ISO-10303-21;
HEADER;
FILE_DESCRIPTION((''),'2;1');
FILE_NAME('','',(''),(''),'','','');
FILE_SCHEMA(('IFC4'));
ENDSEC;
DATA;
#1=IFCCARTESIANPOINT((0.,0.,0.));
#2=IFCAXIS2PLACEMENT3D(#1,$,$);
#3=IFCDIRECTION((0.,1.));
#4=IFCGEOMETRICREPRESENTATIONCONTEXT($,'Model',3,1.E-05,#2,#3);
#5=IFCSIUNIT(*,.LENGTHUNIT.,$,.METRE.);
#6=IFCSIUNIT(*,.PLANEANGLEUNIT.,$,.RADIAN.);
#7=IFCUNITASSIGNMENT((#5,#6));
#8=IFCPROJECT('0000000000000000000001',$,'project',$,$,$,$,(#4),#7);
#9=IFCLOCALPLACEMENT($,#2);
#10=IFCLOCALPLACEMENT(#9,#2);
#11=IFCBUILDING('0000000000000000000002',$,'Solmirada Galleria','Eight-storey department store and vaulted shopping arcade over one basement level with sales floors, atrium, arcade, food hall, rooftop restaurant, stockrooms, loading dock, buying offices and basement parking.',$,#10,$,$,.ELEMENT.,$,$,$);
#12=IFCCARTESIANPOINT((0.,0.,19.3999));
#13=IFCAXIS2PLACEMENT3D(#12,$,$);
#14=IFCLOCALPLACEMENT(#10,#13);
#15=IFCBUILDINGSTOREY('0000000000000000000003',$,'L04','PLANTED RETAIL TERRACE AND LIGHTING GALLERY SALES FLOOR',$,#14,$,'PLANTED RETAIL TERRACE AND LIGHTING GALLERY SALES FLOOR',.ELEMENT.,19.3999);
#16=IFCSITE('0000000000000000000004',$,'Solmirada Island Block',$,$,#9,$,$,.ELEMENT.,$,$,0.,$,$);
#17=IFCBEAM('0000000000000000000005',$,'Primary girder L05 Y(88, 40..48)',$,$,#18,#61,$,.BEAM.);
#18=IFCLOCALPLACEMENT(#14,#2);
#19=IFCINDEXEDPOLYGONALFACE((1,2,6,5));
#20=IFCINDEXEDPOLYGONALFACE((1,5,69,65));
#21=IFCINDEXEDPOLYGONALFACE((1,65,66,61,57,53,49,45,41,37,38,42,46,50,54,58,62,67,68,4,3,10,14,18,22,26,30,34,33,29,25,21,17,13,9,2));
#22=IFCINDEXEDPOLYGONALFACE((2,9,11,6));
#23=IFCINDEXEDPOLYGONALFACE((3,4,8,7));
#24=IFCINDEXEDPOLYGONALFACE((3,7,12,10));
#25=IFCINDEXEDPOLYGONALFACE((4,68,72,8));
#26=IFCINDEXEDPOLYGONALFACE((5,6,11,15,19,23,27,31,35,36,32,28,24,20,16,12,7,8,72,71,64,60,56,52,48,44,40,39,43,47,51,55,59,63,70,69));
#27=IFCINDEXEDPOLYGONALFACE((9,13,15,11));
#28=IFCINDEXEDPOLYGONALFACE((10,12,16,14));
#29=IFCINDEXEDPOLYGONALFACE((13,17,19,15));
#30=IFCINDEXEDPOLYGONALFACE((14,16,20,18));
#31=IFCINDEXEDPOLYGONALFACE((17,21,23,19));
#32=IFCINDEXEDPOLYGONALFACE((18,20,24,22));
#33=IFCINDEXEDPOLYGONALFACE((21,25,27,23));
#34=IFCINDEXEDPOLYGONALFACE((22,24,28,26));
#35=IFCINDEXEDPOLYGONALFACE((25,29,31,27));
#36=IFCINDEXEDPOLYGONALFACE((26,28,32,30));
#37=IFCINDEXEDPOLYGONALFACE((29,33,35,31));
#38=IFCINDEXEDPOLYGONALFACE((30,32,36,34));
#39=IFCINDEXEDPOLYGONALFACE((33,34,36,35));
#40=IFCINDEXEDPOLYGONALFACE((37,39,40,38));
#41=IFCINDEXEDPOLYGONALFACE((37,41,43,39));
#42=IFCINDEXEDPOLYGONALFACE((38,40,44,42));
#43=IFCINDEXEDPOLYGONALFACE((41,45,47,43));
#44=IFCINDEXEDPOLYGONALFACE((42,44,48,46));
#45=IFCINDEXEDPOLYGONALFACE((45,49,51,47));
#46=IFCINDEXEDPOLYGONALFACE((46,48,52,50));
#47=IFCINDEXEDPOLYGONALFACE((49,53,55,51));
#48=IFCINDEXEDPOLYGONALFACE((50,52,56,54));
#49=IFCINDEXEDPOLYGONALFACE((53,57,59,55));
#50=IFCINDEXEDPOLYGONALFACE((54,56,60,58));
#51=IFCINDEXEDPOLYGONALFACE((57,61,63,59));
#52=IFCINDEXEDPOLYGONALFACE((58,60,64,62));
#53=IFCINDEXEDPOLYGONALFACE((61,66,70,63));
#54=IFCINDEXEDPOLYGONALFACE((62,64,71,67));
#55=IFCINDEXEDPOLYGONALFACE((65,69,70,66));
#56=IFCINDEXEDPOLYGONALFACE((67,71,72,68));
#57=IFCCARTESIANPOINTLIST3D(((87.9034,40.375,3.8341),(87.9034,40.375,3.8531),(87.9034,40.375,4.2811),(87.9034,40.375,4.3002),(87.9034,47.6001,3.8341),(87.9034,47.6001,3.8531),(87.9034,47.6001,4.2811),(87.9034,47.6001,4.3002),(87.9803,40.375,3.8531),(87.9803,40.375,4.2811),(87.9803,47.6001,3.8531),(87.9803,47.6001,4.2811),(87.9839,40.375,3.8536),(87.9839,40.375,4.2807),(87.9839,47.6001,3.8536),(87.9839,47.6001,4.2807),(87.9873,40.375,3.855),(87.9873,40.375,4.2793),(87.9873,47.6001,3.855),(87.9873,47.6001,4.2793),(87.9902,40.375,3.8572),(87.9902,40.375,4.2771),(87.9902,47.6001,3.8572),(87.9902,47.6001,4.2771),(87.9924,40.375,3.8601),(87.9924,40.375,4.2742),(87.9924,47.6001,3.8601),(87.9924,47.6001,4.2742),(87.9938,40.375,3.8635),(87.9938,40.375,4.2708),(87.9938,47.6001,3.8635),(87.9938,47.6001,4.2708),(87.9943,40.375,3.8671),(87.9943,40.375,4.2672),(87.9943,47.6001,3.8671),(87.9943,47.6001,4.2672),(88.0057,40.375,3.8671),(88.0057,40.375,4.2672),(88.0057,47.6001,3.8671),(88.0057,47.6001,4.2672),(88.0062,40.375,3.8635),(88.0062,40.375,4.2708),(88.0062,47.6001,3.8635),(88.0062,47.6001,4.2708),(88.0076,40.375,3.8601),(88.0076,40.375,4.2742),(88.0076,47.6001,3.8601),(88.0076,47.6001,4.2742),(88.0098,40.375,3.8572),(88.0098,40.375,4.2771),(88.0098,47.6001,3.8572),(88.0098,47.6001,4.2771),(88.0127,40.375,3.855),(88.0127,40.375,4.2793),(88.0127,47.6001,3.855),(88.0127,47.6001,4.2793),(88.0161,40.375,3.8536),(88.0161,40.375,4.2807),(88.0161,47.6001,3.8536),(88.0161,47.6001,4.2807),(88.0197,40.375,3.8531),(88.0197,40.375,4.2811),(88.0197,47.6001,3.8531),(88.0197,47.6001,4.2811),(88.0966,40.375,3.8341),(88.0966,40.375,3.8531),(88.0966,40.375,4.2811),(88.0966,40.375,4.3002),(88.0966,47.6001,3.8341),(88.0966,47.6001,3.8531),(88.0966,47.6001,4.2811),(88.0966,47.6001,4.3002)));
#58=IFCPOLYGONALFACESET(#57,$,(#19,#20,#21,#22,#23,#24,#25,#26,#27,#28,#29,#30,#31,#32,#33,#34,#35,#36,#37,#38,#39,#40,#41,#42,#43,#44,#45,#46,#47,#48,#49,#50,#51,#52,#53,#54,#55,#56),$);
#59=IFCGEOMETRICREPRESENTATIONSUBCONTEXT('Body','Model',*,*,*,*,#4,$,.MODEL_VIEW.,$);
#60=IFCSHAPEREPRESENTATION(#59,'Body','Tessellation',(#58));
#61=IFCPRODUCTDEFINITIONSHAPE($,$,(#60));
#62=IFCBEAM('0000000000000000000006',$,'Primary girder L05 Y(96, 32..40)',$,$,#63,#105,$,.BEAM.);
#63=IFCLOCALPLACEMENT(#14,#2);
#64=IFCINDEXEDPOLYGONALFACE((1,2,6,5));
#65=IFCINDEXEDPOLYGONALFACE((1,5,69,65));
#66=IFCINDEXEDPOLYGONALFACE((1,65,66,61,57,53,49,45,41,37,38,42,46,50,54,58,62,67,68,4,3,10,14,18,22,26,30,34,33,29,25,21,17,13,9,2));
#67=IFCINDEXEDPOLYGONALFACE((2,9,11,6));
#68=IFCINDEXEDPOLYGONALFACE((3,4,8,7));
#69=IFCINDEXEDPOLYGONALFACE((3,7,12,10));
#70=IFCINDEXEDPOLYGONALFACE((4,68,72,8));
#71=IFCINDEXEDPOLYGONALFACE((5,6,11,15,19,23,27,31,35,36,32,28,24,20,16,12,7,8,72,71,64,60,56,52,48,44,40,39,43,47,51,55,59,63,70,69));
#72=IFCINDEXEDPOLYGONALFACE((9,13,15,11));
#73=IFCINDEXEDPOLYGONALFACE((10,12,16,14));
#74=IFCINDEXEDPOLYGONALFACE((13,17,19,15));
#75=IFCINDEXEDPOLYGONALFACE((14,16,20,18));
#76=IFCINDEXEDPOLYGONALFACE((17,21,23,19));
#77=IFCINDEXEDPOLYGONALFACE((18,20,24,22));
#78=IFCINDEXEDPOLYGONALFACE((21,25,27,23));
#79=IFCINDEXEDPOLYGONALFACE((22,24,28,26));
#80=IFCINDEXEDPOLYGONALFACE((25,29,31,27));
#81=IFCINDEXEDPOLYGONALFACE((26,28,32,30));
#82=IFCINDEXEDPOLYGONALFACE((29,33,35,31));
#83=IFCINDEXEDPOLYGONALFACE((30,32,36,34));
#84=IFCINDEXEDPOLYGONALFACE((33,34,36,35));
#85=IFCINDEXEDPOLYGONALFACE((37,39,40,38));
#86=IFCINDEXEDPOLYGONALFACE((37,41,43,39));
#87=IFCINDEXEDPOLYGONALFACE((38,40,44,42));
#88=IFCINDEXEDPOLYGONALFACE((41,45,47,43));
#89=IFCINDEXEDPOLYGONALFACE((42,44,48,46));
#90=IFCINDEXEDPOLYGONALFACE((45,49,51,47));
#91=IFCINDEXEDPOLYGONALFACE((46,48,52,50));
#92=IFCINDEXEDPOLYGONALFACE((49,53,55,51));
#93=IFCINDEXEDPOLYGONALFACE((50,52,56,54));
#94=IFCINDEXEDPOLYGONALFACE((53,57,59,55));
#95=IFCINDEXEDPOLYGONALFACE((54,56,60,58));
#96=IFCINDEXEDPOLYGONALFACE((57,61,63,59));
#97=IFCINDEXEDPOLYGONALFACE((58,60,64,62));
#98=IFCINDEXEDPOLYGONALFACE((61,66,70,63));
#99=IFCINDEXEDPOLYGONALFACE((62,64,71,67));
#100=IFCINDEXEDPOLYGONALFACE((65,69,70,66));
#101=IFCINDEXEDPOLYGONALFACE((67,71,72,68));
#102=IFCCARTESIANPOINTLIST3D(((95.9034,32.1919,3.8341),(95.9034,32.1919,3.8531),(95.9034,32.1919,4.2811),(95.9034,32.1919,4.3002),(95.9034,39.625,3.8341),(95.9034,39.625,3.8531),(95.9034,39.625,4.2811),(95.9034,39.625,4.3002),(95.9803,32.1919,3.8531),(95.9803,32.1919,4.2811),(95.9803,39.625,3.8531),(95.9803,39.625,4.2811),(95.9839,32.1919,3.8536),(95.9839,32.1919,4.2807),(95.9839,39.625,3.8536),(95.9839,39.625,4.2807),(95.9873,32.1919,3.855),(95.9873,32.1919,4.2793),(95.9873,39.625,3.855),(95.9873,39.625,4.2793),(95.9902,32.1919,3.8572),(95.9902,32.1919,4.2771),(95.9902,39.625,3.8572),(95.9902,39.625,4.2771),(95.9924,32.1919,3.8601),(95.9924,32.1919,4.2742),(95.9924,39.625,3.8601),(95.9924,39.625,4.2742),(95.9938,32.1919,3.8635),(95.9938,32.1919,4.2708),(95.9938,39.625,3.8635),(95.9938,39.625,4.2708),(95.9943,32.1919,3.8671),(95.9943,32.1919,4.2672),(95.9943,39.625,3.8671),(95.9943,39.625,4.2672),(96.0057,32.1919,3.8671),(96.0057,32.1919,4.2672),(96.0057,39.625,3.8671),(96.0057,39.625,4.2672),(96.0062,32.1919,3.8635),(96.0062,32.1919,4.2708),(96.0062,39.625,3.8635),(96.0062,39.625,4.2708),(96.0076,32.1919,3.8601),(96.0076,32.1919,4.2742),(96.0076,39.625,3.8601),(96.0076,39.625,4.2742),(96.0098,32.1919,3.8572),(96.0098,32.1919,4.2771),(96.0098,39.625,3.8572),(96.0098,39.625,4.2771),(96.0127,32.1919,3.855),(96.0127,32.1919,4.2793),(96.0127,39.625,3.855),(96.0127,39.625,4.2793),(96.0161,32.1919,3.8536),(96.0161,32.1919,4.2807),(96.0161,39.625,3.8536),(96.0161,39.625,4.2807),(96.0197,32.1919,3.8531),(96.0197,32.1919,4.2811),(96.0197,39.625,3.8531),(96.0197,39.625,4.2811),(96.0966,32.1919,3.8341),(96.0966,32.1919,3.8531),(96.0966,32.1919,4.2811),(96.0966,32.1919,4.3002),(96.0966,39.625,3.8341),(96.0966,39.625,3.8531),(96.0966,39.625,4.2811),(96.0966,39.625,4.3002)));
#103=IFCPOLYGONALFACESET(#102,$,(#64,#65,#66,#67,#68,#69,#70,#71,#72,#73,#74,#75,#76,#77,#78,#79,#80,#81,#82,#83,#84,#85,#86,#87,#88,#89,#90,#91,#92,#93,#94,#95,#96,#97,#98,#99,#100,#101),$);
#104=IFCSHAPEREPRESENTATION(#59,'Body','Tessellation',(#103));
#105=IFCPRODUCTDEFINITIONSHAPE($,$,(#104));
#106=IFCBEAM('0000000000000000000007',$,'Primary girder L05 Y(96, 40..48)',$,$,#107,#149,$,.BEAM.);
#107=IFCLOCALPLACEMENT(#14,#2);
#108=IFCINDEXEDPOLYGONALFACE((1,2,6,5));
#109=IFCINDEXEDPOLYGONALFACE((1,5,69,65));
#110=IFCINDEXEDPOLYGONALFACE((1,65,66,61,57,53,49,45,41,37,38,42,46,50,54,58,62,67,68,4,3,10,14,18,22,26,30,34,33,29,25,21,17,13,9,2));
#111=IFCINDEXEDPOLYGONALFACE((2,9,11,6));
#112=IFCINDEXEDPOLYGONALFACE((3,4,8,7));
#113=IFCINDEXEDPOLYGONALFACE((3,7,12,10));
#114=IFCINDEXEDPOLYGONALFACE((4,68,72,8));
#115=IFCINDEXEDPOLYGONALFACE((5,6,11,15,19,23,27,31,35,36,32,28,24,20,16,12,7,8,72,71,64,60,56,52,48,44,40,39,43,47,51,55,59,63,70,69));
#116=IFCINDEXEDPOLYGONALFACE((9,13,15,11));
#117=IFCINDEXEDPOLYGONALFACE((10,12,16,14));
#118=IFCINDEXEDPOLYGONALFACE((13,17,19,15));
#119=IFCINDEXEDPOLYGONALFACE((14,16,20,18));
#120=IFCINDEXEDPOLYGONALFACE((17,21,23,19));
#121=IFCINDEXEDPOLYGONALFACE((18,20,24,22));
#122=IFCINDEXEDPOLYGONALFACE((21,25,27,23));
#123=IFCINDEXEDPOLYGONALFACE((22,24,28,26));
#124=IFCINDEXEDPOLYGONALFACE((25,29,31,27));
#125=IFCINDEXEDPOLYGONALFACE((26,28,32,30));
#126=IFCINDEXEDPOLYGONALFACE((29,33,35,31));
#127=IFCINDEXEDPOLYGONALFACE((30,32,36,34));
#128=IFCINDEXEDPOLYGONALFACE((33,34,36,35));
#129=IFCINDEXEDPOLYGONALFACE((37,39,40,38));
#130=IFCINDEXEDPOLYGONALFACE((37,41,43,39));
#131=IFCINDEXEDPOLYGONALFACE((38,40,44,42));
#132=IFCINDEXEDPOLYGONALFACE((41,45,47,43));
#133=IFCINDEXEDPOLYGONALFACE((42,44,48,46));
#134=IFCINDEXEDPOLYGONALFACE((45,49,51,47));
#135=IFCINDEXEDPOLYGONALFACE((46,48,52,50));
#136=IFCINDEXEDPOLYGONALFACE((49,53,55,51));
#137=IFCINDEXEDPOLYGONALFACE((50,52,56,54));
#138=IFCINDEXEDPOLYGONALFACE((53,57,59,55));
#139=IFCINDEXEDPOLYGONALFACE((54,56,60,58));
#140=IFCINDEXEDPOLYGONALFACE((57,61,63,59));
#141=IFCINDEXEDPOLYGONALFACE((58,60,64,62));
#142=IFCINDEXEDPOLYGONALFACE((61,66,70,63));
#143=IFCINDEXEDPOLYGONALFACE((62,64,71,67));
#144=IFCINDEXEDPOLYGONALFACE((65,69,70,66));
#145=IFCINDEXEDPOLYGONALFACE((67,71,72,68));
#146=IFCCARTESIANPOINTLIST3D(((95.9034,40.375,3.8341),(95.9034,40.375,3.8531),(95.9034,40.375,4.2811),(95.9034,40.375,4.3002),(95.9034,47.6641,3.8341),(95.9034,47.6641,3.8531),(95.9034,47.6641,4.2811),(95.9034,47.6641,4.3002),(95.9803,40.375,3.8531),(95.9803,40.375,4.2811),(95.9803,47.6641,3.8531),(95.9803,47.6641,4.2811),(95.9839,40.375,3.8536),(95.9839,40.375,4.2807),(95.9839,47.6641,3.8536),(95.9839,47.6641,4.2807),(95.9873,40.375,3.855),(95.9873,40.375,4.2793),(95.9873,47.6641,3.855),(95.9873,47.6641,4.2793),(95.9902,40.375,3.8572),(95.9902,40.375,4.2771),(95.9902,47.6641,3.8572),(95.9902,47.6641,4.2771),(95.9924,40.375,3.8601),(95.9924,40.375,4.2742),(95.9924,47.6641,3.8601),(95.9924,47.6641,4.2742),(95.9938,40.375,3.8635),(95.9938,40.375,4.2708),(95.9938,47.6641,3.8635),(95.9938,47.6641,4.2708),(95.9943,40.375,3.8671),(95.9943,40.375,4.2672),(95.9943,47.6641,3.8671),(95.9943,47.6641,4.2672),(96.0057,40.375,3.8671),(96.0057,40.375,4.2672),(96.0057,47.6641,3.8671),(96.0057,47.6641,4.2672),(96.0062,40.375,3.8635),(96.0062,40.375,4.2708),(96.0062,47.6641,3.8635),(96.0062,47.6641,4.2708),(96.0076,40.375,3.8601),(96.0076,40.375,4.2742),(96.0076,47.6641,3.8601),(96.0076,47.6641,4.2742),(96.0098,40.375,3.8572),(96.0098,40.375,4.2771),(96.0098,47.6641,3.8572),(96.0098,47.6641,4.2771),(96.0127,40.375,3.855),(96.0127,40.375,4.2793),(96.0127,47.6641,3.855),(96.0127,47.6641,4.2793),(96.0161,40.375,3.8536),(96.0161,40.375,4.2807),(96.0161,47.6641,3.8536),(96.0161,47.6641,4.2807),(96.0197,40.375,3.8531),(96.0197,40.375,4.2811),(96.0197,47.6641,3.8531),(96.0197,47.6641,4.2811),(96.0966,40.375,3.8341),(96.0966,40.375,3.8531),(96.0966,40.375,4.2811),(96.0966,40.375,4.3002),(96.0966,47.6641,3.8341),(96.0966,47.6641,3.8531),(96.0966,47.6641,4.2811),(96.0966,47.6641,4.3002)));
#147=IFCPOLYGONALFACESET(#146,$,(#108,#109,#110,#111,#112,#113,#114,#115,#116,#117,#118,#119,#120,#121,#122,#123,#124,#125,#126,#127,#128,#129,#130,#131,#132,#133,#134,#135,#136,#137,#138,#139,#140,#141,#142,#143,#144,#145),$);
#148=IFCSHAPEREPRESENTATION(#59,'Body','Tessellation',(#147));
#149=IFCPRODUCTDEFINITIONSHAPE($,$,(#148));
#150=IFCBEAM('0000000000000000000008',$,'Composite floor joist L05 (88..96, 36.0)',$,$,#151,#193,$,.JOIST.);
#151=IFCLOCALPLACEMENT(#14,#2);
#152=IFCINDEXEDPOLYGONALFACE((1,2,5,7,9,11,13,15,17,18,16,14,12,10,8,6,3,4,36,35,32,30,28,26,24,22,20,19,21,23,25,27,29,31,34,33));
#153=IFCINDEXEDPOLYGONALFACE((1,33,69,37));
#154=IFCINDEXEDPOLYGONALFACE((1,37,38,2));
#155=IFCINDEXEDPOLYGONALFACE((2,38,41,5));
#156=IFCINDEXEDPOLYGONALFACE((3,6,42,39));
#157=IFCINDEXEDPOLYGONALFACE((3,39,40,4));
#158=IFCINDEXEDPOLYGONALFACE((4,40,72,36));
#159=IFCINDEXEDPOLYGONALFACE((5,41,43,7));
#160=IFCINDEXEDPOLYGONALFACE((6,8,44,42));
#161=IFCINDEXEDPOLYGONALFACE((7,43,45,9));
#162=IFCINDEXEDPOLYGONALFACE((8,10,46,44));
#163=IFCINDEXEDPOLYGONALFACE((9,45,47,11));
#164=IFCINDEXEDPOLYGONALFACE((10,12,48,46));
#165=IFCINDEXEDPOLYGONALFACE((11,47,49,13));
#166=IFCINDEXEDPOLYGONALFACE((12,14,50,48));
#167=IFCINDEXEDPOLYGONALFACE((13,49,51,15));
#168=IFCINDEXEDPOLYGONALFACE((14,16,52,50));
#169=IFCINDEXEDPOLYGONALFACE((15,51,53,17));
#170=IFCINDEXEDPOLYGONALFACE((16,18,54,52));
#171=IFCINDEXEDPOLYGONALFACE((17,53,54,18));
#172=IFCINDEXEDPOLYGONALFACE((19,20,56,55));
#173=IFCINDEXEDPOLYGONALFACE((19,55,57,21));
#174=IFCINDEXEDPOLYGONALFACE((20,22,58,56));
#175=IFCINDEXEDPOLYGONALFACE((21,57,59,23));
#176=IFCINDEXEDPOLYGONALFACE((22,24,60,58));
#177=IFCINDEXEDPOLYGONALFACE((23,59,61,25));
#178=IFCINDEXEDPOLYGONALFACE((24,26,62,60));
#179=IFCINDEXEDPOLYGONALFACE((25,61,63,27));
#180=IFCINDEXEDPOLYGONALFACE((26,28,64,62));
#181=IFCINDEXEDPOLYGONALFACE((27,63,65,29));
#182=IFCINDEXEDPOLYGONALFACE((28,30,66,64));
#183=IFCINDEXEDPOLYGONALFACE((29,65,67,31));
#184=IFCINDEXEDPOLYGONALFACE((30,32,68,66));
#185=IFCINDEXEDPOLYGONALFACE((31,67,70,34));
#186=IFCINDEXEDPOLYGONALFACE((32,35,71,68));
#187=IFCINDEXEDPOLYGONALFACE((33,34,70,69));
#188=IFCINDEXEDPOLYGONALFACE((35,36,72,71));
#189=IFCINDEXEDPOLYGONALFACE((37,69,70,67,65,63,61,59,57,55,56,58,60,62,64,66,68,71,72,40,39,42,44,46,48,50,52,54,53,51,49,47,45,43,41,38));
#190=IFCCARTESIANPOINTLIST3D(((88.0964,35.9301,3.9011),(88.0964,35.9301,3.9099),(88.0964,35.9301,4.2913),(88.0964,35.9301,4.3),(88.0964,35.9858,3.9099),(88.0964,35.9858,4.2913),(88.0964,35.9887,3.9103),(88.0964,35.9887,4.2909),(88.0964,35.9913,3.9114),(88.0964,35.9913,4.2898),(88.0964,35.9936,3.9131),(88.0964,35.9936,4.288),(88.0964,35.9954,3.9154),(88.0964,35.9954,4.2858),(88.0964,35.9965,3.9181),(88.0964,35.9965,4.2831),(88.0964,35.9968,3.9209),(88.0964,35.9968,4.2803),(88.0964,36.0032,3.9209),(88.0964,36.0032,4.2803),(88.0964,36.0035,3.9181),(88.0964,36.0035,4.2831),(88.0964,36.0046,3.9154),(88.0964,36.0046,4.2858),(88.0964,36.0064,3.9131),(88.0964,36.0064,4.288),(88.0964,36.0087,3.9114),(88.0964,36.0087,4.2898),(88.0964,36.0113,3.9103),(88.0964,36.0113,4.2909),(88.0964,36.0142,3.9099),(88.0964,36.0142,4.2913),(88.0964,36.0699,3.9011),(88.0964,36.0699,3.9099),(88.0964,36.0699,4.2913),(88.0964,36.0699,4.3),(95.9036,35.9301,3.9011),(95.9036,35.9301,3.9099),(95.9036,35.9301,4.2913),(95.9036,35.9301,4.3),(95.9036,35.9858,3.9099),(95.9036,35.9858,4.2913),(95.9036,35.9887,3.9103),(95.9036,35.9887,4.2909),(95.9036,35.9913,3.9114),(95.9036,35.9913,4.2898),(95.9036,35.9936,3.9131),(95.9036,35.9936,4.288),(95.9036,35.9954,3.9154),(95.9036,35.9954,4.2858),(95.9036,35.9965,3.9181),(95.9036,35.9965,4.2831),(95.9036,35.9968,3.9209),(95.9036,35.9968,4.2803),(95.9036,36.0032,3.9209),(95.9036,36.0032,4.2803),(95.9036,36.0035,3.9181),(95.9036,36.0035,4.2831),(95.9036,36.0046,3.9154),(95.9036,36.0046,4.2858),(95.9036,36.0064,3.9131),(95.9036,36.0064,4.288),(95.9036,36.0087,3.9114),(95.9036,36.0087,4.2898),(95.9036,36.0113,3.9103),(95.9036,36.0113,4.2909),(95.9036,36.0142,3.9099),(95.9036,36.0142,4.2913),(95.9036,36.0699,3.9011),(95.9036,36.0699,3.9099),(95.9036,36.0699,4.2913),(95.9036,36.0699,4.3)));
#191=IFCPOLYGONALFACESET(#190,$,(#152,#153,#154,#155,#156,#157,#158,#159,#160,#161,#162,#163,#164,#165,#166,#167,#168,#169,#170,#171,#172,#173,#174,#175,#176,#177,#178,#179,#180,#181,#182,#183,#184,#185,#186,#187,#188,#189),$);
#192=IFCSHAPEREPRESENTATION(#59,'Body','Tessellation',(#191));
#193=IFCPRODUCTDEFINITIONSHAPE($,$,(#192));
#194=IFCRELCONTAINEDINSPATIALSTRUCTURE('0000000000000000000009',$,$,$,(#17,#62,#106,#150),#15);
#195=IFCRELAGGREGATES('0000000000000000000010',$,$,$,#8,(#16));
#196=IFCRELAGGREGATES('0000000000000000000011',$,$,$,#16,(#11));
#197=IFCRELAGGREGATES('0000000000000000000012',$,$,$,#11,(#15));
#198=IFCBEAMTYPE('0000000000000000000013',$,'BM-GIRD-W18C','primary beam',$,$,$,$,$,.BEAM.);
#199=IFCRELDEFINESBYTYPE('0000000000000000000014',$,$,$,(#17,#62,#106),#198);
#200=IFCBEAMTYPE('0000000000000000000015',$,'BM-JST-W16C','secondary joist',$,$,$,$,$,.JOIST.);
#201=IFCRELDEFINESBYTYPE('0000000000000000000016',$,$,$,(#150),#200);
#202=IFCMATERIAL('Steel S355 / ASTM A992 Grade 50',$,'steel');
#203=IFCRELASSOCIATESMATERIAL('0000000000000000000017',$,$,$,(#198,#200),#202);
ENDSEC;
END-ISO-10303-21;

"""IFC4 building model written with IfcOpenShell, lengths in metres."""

from ifc_helpers import new_model, si_unit, direction, frame, origin, origin_2d, place, context, subcontext, project, spatial, i_section, extrude, material, material_profile, profile_set, type_object, element, save


model = new_model("IFC4")

# Units and contexts
model_context = context("Model", 3, precision=1e-05, world=origin(), true_north=direction((0.0, 1.0)))
body_context = subcontext(model_context, "Body", "Model", "MODEL_VIEW")
ifc_project = project(units=[si_unit("LENGTHUNIT", "METRE"), si_unit("PLANEANGLEUNIT", "RADIAN")], contexts=[model_context])

# Site, building, storey
site_placement = place(None, origin())
site = spatial("IfcSite", under=ifc_project, at=site_placement, Name="Solmirada Island Block", CompositionType="ELEMENT", RefElevation=0.0)
building_placement = place(site_placement, origin())
building = spatial("IfcBuilding", under=site, at=building_placement, Name="Solmirada Galleria", Description="Eight-storey department store and vaulted shopping arcade over one basement level with sales floors, atrium, arcade, food hall, rooftop restaurant, stockrooms, loading dock, buying offices and basement parking.", CompositionType="ELEMENT")
storey_placement = place(building_placement, frame((0.0, 0.0, 19.3999)))
storey = spatial("IfcBuildingStorey", under=building, at=storey_placement, Name="L04", Description="PLANTED RETAIL TERRACE AND LIGHTING GALLERY SALES FLOOR", LongName="PLANTED RETAIL TERRACE AND LIGHTING GALLERY SALES FLOOR", CompositionType="ELEMENT", Elevation=19.3999)

# Beams
ifc_material_1 = material(Name="Steel S355 / ASTM A992 Grade 50", Category="steel")
ifc_material_profile_1 = material_profile(ifc_material_1, i_section(OverallWidth=0.1931, OverallDepth=0.4661, WebThickness=0.0115, FlangeThickness=0.019, FilletRadius=0.0139, at=origin_2d()), Name="W18X65")
ifc_profile_set_1 = profile_set([ifc_material_profile_1], Name="Steel S355 / ASTM A992 Grade 50")
beam_type_1 = type_object("IfcBeamType", Name="BM-GIRD-W18C", Description="primary beam", PredefinedType="BEAM", material=ifc_profile_set_1)
beam_1_placement = place(storey_placement, frame((88.0, 40.375, 4.0671), z_axis=(0.0, 1.0, 0.0), x_axis=(-1.0, 0.0, 0.0)))
element("IfcBeam", 1, at=beam_1_placement, inside=storey, type_object=beam_type_1, Name="Primary girder L05 Y(88, 40..48)", PredefinedType="BEAM", context=body_context, shape_type="SweptSolid", body=[
    extrude(i_section(OverallWidth=0.1931, OverallDepth=0.4661, WebThickness=0.0115, FlangeThickness=0.019, FilletRadius=0.0139, at=origin_2d()), origin(), (0.0, 0.0, 1.0), 7.2251),
])
beam_2_placement = place(storey_placement, frame((96.0, 32.1919, 4.0671), z_axis=(0.0, 1.0, 0.0), x_axis=(-1.0, 0.0, 0.0)))
element("IfcBeam", 2, at=beam_2_placement, inside=storey, type_object=beam_type_1, Name="Primary girder L05 Y(96, 32..40)", PredefinedType="BEAM", context=body_context, shape_type="SweptSolid", body=[
    extrude(i_section(OverallWidth=0.1931, OverallDepth=0.4661, WebThickness=0.0115, FlangeThickness=0.019, FilletRadius=0.0139, at=origin_2d()), origin(), (0.0, 0.0, 1.0), 7.4331),
])
beam_3_placement = place(storey_placement, frame((96.0, 40.375, 4.0671), z_axis=(0.0, 1.0, 0.0), x_axis=(-1.0, 0.0, 0.0)))
element("IfcBeam", 3, at=beam_3_placement, inside=storey, type_object=beam_type_1, Name="Primary girder L05 Y(96, 40..48)", PredefinedType="BEAM", context=body_context, shape_type="SweptSolid", body=[
    extrude(i_section(OverallWidth=0.1931, OverallDepth=0.4661, WebThickness=0.0115, FlangeThickness=0.019, FilletRadius=0.0139, at=origin_2d()), origin(), (0.0, 0.0, 1.0), 7.2891),
])
ifc_material_profile_2 = material_profile(ifc_material_1, i_section(OverallWidth=0.1399, OverallDepth=0.3989, WebThickness=0.0063, FlangeThickness=0.0088, FilletRadius=0.011, at=origin_2d()), Name="W16X26")
ifc_profile_set_2 = profile_set([ifc_material_profile_2], Name="Steel S355 / ASTM A992 Grade 50")
beam_type_2 = type_object("IfcBeamType", Name="BM-JST-W16C", Description="secondary joist", PredefinedType="JOIST", material=ifc_profile_set_2)
for number, where, z_axis, x_axis, name in (
    (4, (88.0964, 36.0, 4.1006), (1.0, 0.0, 0.0), (0.0, 1.0, 0.0), "Composite floor joist L05 (88..96, 36.0)"),
):
    element("IfcBeam", number, at=place(storey_placement, frame(where, z_axis=z_axis, x_axis=x_axis)), inside=storey, type_object=beam_type_2, Name=name, PredefinedType="JOIST", context=body_context, shape_type="SweptSolid", body=[
        extrude(i_section(OverallWidth=0.1399, OverallDepth=0.3989, WebThickness=0.0063, FlangeThickness=0.0088, FilletRadius=0.011, at=origin_2d()), origin(), (0.0, 0.0, 1.0), 7.8071),
    ])

save(model, "model.ifc")
